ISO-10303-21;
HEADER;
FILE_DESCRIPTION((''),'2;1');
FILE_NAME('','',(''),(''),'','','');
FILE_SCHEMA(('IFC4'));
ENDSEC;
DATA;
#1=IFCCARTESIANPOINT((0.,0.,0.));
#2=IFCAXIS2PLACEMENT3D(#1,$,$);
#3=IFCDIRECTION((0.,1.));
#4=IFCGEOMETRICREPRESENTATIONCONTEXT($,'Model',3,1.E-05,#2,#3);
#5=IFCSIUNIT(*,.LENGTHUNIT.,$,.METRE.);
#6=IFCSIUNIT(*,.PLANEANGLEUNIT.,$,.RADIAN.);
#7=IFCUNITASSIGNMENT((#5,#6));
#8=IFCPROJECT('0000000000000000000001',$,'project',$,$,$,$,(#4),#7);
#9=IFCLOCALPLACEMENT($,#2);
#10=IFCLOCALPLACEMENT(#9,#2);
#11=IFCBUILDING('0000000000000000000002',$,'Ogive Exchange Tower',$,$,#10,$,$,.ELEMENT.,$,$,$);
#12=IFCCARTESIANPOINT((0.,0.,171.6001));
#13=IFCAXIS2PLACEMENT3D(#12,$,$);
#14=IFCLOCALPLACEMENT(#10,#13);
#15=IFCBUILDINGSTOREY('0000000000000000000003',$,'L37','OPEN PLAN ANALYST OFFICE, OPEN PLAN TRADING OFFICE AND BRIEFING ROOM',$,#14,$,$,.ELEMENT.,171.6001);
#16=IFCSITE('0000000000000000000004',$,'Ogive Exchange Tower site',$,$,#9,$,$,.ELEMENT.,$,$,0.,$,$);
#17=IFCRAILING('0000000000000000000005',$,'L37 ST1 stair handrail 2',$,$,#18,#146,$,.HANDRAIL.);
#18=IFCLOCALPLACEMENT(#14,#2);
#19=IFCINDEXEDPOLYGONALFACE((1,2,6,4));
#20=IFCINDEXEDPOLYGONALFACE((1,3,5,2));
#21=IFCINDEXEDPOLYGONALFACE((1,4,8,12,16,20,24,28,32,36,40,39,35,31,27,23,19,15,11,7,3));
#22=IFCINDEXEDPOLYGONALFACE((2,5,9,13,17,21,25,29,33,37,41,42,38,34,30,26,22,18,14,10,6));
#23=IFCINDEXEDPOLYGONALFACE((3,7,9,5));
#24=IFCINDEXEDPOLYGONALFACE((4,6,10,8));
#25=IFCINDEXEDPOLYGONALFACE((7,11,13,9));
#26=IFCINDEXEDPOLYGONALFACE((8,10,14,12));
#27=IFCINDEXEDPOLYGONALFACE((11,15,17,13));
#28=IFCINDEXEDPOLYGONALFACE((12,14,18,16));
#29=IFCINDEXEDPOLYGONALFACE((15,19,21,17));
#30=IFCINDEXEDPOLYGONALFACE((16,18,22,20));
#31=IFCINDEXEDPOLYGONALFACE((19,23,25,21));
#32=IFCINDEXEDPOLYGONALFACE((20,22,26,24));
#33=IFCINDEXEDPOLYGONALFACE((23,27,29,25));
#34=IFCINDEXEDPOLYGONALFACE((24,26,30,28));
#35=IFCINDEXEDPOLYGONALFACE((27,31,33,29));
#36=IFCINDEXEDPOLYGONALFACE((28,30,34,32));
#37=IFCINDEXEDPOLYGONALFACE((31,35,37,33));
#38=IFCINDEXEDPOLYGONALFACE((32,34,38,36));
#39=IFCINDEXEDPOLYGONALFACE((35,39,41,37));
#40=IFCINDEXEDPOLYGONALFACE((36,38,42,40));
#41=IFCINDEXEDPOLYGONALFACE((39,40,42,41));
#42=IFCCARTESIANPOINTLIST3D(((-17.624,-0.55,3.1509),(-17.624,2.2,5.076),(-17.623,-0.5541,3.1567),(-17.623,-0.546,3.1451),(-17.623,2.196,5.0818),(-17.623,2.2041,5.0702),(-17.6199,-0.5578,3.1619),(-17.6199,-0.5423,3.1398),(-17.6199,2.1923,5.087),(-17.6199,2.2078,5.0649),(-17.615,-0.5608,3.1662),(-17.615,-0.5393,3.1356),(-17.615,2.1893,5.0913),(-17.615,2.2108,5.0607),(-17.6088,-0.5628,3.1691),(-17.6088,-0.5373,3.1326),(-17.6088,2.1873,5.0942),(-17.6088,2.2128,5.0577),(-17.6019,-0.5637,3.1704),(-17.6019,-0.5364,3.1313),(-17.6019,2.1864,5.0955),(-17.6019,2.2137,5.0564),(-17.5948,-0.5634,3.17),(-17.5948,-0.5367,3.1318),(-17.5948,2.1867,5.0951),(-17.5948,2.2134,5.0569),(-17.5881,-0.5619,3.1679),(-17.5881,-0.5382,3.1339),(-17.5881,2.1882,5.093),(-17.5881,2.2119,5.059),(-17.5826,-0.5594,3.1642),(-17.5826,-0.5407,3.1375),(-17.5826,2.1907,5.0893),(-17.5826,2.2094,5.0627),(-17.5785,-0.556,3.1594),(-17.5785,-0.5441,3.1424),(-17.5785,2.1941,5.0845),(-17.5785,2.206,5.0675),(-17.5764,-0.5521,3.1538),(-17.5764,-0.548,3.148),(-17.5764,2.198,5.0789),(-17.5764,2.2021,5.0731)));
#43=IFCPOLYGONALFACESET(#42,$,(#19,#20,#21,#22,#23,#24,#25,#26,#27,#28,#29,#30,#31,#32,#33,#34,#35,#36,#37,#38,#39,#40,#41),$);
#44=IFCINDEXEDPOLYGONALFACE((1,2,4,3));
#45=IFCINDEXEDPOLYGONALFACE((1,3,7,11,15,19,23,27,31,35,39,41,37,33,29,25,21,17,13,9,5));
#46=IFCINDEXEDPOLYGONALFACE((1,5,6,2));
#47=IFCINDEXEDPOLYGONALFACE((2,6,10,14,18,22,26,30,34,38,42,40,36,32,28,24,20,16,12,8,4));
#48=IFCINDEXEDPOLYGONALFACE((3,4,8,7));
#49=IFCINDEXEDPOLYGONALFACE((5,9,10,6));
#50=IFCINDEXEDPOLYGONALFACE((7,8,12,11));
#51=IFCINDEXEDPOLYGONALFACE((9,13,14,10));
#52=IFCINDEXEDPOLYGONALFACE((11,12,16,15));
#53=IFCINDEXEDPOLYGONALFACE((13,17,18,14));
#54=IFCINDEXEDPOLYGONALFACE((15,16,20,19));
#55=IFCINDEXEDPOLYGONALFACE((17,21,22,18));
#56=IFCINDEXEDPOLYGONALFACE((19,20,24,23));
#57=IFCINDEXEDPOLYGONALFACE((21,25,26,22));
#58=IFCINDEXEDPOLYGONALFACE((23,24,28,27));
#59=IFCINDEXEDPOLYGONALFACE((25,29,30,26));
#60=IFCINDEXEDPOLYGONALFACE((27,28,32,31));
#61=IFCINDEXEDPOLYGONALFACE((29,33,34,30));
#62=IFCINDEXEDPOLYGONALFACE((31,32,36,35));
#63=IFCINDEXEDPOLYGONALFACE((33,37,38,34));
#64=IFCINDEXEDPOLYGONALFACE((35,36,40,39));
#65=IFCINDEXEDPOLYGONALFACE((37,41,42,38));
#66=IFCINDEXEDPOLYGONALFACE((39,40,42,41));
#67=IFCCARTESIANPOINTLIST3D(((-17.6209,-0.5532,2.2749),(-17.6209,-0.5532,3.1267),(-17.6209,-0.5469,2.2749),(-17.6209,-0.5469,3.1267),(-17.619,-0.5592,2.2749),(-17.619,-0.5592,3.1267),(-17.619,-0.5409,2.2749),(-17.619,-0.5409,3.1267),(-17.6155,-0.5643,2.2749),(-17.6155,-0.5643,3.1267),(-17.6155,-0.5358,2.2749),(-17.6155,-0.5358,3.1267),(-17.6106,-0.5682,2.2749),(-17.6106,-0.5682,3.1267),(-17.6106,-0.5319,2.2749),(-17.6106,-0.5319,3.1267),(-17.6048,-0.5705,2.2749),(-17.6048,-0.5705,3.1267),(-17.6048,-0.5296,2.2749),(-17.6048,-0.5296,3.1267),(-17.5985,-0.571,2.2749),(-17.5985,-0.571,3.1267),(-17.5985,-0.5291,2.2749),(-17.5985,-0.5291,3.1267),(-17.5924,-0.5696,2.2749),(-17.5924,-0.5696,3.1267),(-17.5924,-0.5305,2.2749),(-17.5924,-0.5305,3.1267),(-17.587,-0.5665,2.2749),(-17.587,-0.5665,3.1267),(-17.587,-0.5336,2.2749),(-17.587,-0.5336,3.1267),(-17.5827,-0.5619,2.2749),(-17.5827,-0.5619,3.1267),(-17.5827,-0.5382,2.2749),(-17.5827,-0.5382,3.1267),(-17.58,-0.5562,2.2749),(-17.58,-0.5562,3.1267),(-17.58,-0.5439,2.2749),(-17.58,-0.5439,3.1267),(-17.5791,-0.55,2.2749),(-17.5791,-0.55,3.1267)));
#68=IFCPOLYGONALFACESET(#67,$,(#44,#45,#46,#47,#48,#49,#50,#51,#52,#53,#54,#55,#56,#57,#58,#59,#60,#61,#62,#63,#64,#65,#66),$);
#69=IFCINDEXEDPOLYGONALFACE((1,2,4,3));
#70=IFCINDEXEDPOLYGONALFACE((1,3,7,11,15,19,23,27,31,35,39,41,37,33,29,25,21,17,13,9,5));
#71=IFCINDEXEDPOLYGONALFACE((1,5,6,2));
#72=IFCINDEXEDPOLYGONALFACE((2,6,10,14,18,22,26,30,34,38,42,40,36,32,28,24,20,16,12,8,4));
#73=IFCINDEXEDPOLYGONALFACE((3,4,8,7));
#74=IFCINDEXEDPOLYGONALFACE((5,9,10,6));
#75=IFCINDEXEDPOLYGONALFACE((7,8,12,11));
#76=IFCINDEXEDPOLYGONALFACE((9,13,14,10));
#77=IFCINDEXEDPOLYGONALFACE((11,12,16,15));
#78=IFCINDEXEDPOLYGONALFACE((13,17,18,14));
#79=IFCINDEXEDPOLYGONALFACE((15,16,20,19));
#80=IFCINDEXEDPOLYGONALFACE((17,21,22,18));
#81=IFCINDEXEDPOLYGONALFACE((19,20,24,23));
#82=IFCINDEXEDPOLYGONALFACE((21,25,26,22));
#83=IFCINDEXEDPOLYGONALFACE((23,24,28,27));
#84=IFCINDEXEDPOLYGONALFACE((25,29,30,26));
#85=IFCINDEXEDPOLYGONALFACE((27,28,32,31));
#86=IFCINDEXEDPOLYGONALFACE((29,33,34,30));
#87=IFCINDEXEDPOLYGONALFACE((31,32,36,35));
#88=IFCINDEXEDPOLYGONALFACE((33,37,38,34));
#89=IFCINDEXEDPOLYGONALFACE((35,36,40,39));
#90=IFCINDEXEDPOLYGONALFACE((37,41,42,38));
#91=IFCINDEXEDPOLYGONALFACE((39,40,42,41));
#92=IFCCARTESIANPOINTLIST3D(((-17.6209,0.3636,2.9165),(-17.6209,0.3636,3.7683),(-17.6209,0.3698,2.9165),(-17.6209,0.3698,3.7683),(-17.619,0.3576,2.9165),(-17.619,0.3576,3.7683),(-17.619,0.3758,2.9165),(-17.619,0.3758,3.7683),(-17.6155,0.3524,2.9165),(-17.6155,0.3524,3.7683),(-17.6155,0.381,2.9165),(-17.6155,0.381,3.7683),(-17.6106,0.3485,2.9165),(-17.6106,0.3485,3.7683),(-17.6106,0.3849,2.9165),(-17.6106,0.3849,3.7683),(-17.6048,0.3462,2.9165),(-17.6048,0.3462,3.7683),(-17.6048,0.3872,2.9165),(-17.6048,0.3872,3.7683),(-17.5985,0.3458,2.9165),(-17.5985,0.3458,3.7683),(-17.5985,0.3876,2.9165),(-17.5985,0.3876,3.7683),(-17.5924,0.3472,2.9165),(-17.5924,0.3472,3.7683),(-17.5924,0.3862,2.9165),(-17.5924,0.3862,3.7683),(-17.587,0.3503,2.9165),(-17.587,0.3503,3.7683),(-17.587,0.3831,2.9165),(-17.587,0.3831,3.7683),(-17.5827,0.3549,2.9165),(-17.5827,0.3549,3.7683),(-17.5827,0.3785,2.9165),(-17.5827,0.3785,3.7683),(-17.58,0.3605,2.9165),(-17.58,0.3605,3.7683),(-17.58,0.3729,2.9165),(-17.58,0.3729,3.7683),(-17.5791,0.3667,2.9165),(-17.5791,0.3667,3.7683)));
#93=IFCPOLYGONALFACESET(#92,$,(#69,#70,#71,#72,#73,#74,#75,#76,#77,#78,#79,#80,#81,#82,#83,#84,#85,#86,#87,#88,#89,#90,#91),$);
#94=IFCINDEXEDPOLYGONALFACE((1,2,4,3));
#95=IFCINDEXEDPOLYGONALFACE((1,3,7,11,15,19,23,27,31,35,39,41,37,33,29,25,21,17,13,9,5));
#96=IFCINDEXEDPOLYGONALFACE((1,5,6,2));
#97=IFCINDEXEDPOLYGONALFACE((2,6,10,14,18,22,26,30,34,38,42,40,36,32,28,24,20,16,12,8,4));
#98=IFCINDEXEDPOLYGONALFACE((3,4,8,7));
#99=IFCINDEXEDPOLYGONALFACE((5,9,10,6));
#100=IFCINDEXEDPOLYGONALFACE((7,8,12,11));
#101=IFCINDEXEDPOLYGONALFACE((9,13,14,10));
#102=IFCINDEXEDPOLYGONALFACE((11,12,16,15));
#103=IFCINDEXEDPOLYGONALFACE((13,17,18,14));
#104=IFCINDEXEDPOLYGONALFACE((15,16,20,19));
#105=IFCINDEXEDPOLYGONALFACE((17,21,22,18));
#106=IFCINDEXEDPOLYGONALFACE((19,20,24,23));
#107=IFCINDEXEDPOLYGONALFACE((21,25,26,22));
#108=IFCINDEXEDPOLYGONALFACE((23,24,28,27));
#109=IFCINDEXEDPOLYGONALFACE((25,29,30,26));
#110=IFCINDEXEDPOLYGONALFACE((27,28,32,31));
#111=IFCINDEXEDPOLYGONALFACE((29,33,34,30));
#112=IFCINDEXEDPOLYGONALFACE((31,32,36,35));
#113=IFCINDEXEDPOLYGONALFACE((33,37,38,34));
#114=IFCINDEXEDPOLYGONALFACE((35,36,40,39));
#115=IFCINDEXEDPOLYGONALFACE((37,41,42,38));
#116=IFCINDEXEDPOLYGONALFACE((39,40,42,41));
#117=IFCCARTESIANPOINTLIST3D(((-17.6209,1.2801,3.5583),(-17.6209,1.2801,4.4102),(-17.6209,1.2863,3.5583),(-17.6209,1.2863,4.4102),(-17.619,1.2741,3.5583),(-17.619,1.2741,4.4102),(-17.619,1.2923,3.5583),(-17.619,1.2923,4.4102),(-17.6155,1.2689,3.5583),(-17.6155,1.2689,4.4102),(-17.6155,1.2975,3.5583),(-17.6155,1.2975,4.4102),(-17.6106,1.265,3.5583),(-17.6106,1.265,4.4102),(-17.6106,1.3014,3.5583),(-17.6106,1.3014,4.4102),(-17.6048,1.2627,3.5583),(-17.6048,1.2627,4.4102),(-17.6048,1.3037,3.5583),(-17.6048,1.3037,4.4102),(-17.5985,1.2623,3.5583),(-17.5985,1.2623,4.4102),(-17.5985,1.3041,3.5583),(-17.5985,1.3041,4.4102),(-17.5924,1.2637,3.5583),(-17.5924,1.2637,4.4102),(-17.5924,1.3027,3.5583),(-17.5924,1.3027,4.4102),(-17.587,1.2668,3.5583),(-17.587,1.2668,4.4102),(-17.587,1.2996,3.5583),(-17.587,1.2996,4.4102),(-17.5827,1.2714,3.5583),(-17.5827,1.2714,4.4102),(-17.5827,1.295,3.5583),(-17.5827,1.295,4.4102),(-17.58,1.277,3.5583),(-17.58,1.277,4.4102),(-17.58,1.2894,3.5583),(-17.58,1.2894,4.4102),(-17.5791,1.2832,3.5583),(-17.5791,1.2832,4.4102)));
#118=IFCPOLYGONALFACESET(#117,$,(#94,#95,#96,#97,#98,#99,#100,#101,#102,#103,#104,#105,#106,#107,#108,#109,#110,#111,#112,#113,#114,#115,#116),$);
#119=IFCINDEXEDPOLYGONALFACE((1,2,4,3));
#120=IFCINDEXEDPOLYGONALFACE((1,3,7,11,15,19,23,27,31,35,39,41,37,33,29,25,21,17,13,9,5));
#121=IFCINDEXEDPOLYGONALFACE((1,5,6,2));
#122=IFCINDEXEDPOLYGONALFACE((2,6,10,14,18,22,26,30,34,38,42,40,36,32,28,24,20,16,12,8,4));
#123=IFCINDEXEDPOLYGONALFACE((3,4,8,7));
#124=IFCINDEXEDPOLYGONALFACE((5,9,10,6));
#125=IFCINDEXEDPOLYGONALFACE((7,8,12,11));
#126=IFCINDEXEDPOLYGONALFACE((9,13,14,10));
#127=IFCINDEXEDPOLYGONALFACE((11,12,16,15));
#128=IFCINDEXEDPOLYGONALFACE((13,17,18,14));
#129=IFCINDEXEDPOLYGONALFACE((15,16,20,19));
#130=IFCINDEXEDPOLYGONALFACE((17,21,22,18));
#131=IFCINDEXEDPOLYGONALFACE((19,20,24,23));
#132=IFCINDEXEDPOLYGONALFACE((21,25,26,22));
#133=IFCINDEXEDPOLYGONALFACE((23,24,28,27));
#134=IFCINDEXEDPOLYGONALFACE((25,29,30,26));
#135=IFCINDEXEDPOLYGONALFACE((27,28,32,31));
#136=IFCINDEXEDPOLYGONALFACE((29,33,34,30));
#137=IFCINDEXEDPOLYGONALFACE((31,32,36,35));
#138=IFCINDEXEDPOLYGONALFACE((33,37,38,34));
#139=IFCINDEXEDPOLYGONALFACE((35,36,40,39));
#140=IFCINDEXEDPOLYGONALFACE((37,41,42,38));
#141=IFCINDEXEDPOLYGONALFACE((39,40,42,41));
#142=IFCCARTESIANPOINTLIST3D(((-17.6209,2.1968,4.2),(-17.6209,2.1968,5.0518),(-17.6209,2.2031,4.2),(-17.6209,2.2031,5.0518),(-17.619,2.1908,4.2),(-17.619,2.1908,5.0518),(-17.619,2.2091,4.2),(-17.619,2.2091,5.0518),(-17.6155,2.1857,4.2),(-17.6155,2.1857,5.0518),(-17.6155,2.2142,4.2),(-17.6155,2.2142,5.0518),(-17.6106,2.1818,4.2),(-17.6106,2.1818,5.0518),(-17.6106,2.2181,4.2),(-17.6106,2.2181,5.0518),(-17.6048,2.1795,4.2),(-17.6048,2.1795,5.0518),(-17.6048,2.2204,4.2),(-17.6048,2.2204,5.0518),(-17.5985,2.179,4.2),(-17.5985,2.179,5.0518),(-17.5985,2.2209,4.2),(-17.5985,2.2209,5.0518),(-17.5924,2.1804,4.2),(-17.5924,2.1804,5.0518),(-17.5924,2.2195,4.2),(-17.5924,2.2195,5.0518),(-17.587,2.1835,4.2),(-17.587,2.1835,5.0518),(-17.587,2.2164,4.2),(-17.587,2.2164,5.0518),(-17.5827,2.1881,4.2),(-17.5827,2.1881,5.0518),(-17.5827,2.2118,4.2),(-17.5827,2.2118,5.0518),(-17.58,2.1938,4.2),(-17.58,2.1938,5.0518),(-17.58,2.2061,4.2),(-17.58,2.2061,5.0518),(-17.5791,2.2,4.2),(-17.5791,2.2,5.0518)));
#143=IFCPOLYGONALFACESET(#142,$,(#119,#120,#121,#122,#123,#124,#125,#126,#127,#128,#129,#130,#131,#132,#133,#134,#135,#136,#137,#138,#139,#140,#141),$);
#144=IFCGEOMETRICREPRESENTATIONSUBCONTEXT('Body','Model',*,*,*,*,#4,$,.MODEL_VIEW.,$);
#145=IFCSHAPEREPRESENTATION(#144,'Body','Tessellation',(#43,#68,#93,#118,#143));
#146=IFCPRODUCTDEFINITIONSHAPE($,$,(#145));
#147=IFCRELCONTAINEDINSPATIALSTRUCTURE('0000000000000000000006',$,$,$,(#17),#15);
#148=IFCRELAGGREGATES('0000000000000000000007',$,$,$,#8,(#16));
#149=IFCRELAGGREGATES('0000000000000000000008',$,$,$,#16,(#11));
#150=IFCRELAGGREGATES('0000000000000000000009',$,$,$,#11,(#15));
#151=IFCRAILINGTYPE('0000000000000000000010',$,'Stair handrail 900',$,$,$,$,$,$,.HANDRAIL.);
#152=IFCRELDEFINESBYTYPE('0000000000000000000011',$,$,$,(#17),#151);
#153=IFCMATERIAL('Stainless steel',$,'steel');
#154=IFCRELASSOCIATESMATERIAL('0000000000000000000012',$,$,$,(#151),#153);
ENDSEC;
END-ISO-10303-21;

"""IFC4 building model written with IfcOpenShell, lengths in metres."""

from ifc_helpers import new_model, si_unit, direction, frame, origin, origin_2d, place, context, subcontext, project, spatial, circle, extrude, material, type_object, element, save


model = new_model("IFC4")

# Units and contexts
model_context = context("Model", 3, precision=1e-05, world=origin(), true_north=direction((0.0, 1.0)))
body_context = subcontext(model_context, "Body", "Model", "MODEL_VIEW")
ifc_project = project(units=[si_unit("LENGTHUNIT", "METRE"), si_unit("PLANEANGLEUNIT", "RADIAN")], contexts=[model_context])

# Site, building, storey
site_placement = place(None, origin())
site = spatial("IfcSite", under=ifc_project, at=site_placement, Name="Ogive Exchange Tower site", CompositionType="ELEMENT", RefElevation=0.0)
building_placement = place(site_placement, origin())
building = spatial("IfcBuilding", under=site, at=building_placement, Name="Ogive Exchange Tower", CompositionType="ELEMENT")
storey_placement = place(building_placement, frame((0.0, 0.0, 171.6001)))
storey = spatial("IfcBuildingStorey", under=building, at=storey_placement, Name="L37", Description="OPEN PLAN ANALYST OFFICE, OPEN PLAN TRADING OFFICE AND BRIEFING ROOM", CompositionType="ELEMENT", Elevation=171.6001)

# Shared definitions
ifc_material_1 = material(Name="Stainless steel", Category="steel")

# Railing
railing_type = type_object("IfcRailingType", Name="Stair handrail 900", PredefinedType="HANDRAIL", material=ifc_material_1)
railing_placement = place(storey_placement, frame((-17.6001, -0.55, 2.2749)))
element("IfcRailing", 1, at=railing_placement, inside=storey, type_object=railing_type, Name="L37 ST1 stair handrail 2", PredefinedType="HANDRAIL", context=body_context, shape_type="SweptSolid", body=[
    extrude(circle(Radius=0.0239, at=origin_2d()), frame((0.0, 0.0, 0.876), z_axis=(0.0, 0.819225, 0.573472), x_axis=(-1.0, 0.0, 0.0)), (0.0, 0.0, 1.0), 3.3569),
    extrude(circle(Radius=0.021, at=origin_2d()), origin(), (0.0, 0.0, 1.0), 0.8518),
    extrude(circle(Radius=0.021, at=origin_2d()), frame((0.0, 0.9167, 0.6416)), (0.0, 0.0, 1.0), 0.8518),
    extrude(circle(Radius=0.021, at=origin_2d()), frame((0.0, 1.8333, 1.2834)), (0.0, 0.0, 1.0), 0.8518),
    extrude(circle(Radius=0.021, at=origin_2d()), frame((0.0, 2.75, 1.925)), (0.0, 0.0, 1.0), 0.8518),
])

save(model, "model.ifc")
